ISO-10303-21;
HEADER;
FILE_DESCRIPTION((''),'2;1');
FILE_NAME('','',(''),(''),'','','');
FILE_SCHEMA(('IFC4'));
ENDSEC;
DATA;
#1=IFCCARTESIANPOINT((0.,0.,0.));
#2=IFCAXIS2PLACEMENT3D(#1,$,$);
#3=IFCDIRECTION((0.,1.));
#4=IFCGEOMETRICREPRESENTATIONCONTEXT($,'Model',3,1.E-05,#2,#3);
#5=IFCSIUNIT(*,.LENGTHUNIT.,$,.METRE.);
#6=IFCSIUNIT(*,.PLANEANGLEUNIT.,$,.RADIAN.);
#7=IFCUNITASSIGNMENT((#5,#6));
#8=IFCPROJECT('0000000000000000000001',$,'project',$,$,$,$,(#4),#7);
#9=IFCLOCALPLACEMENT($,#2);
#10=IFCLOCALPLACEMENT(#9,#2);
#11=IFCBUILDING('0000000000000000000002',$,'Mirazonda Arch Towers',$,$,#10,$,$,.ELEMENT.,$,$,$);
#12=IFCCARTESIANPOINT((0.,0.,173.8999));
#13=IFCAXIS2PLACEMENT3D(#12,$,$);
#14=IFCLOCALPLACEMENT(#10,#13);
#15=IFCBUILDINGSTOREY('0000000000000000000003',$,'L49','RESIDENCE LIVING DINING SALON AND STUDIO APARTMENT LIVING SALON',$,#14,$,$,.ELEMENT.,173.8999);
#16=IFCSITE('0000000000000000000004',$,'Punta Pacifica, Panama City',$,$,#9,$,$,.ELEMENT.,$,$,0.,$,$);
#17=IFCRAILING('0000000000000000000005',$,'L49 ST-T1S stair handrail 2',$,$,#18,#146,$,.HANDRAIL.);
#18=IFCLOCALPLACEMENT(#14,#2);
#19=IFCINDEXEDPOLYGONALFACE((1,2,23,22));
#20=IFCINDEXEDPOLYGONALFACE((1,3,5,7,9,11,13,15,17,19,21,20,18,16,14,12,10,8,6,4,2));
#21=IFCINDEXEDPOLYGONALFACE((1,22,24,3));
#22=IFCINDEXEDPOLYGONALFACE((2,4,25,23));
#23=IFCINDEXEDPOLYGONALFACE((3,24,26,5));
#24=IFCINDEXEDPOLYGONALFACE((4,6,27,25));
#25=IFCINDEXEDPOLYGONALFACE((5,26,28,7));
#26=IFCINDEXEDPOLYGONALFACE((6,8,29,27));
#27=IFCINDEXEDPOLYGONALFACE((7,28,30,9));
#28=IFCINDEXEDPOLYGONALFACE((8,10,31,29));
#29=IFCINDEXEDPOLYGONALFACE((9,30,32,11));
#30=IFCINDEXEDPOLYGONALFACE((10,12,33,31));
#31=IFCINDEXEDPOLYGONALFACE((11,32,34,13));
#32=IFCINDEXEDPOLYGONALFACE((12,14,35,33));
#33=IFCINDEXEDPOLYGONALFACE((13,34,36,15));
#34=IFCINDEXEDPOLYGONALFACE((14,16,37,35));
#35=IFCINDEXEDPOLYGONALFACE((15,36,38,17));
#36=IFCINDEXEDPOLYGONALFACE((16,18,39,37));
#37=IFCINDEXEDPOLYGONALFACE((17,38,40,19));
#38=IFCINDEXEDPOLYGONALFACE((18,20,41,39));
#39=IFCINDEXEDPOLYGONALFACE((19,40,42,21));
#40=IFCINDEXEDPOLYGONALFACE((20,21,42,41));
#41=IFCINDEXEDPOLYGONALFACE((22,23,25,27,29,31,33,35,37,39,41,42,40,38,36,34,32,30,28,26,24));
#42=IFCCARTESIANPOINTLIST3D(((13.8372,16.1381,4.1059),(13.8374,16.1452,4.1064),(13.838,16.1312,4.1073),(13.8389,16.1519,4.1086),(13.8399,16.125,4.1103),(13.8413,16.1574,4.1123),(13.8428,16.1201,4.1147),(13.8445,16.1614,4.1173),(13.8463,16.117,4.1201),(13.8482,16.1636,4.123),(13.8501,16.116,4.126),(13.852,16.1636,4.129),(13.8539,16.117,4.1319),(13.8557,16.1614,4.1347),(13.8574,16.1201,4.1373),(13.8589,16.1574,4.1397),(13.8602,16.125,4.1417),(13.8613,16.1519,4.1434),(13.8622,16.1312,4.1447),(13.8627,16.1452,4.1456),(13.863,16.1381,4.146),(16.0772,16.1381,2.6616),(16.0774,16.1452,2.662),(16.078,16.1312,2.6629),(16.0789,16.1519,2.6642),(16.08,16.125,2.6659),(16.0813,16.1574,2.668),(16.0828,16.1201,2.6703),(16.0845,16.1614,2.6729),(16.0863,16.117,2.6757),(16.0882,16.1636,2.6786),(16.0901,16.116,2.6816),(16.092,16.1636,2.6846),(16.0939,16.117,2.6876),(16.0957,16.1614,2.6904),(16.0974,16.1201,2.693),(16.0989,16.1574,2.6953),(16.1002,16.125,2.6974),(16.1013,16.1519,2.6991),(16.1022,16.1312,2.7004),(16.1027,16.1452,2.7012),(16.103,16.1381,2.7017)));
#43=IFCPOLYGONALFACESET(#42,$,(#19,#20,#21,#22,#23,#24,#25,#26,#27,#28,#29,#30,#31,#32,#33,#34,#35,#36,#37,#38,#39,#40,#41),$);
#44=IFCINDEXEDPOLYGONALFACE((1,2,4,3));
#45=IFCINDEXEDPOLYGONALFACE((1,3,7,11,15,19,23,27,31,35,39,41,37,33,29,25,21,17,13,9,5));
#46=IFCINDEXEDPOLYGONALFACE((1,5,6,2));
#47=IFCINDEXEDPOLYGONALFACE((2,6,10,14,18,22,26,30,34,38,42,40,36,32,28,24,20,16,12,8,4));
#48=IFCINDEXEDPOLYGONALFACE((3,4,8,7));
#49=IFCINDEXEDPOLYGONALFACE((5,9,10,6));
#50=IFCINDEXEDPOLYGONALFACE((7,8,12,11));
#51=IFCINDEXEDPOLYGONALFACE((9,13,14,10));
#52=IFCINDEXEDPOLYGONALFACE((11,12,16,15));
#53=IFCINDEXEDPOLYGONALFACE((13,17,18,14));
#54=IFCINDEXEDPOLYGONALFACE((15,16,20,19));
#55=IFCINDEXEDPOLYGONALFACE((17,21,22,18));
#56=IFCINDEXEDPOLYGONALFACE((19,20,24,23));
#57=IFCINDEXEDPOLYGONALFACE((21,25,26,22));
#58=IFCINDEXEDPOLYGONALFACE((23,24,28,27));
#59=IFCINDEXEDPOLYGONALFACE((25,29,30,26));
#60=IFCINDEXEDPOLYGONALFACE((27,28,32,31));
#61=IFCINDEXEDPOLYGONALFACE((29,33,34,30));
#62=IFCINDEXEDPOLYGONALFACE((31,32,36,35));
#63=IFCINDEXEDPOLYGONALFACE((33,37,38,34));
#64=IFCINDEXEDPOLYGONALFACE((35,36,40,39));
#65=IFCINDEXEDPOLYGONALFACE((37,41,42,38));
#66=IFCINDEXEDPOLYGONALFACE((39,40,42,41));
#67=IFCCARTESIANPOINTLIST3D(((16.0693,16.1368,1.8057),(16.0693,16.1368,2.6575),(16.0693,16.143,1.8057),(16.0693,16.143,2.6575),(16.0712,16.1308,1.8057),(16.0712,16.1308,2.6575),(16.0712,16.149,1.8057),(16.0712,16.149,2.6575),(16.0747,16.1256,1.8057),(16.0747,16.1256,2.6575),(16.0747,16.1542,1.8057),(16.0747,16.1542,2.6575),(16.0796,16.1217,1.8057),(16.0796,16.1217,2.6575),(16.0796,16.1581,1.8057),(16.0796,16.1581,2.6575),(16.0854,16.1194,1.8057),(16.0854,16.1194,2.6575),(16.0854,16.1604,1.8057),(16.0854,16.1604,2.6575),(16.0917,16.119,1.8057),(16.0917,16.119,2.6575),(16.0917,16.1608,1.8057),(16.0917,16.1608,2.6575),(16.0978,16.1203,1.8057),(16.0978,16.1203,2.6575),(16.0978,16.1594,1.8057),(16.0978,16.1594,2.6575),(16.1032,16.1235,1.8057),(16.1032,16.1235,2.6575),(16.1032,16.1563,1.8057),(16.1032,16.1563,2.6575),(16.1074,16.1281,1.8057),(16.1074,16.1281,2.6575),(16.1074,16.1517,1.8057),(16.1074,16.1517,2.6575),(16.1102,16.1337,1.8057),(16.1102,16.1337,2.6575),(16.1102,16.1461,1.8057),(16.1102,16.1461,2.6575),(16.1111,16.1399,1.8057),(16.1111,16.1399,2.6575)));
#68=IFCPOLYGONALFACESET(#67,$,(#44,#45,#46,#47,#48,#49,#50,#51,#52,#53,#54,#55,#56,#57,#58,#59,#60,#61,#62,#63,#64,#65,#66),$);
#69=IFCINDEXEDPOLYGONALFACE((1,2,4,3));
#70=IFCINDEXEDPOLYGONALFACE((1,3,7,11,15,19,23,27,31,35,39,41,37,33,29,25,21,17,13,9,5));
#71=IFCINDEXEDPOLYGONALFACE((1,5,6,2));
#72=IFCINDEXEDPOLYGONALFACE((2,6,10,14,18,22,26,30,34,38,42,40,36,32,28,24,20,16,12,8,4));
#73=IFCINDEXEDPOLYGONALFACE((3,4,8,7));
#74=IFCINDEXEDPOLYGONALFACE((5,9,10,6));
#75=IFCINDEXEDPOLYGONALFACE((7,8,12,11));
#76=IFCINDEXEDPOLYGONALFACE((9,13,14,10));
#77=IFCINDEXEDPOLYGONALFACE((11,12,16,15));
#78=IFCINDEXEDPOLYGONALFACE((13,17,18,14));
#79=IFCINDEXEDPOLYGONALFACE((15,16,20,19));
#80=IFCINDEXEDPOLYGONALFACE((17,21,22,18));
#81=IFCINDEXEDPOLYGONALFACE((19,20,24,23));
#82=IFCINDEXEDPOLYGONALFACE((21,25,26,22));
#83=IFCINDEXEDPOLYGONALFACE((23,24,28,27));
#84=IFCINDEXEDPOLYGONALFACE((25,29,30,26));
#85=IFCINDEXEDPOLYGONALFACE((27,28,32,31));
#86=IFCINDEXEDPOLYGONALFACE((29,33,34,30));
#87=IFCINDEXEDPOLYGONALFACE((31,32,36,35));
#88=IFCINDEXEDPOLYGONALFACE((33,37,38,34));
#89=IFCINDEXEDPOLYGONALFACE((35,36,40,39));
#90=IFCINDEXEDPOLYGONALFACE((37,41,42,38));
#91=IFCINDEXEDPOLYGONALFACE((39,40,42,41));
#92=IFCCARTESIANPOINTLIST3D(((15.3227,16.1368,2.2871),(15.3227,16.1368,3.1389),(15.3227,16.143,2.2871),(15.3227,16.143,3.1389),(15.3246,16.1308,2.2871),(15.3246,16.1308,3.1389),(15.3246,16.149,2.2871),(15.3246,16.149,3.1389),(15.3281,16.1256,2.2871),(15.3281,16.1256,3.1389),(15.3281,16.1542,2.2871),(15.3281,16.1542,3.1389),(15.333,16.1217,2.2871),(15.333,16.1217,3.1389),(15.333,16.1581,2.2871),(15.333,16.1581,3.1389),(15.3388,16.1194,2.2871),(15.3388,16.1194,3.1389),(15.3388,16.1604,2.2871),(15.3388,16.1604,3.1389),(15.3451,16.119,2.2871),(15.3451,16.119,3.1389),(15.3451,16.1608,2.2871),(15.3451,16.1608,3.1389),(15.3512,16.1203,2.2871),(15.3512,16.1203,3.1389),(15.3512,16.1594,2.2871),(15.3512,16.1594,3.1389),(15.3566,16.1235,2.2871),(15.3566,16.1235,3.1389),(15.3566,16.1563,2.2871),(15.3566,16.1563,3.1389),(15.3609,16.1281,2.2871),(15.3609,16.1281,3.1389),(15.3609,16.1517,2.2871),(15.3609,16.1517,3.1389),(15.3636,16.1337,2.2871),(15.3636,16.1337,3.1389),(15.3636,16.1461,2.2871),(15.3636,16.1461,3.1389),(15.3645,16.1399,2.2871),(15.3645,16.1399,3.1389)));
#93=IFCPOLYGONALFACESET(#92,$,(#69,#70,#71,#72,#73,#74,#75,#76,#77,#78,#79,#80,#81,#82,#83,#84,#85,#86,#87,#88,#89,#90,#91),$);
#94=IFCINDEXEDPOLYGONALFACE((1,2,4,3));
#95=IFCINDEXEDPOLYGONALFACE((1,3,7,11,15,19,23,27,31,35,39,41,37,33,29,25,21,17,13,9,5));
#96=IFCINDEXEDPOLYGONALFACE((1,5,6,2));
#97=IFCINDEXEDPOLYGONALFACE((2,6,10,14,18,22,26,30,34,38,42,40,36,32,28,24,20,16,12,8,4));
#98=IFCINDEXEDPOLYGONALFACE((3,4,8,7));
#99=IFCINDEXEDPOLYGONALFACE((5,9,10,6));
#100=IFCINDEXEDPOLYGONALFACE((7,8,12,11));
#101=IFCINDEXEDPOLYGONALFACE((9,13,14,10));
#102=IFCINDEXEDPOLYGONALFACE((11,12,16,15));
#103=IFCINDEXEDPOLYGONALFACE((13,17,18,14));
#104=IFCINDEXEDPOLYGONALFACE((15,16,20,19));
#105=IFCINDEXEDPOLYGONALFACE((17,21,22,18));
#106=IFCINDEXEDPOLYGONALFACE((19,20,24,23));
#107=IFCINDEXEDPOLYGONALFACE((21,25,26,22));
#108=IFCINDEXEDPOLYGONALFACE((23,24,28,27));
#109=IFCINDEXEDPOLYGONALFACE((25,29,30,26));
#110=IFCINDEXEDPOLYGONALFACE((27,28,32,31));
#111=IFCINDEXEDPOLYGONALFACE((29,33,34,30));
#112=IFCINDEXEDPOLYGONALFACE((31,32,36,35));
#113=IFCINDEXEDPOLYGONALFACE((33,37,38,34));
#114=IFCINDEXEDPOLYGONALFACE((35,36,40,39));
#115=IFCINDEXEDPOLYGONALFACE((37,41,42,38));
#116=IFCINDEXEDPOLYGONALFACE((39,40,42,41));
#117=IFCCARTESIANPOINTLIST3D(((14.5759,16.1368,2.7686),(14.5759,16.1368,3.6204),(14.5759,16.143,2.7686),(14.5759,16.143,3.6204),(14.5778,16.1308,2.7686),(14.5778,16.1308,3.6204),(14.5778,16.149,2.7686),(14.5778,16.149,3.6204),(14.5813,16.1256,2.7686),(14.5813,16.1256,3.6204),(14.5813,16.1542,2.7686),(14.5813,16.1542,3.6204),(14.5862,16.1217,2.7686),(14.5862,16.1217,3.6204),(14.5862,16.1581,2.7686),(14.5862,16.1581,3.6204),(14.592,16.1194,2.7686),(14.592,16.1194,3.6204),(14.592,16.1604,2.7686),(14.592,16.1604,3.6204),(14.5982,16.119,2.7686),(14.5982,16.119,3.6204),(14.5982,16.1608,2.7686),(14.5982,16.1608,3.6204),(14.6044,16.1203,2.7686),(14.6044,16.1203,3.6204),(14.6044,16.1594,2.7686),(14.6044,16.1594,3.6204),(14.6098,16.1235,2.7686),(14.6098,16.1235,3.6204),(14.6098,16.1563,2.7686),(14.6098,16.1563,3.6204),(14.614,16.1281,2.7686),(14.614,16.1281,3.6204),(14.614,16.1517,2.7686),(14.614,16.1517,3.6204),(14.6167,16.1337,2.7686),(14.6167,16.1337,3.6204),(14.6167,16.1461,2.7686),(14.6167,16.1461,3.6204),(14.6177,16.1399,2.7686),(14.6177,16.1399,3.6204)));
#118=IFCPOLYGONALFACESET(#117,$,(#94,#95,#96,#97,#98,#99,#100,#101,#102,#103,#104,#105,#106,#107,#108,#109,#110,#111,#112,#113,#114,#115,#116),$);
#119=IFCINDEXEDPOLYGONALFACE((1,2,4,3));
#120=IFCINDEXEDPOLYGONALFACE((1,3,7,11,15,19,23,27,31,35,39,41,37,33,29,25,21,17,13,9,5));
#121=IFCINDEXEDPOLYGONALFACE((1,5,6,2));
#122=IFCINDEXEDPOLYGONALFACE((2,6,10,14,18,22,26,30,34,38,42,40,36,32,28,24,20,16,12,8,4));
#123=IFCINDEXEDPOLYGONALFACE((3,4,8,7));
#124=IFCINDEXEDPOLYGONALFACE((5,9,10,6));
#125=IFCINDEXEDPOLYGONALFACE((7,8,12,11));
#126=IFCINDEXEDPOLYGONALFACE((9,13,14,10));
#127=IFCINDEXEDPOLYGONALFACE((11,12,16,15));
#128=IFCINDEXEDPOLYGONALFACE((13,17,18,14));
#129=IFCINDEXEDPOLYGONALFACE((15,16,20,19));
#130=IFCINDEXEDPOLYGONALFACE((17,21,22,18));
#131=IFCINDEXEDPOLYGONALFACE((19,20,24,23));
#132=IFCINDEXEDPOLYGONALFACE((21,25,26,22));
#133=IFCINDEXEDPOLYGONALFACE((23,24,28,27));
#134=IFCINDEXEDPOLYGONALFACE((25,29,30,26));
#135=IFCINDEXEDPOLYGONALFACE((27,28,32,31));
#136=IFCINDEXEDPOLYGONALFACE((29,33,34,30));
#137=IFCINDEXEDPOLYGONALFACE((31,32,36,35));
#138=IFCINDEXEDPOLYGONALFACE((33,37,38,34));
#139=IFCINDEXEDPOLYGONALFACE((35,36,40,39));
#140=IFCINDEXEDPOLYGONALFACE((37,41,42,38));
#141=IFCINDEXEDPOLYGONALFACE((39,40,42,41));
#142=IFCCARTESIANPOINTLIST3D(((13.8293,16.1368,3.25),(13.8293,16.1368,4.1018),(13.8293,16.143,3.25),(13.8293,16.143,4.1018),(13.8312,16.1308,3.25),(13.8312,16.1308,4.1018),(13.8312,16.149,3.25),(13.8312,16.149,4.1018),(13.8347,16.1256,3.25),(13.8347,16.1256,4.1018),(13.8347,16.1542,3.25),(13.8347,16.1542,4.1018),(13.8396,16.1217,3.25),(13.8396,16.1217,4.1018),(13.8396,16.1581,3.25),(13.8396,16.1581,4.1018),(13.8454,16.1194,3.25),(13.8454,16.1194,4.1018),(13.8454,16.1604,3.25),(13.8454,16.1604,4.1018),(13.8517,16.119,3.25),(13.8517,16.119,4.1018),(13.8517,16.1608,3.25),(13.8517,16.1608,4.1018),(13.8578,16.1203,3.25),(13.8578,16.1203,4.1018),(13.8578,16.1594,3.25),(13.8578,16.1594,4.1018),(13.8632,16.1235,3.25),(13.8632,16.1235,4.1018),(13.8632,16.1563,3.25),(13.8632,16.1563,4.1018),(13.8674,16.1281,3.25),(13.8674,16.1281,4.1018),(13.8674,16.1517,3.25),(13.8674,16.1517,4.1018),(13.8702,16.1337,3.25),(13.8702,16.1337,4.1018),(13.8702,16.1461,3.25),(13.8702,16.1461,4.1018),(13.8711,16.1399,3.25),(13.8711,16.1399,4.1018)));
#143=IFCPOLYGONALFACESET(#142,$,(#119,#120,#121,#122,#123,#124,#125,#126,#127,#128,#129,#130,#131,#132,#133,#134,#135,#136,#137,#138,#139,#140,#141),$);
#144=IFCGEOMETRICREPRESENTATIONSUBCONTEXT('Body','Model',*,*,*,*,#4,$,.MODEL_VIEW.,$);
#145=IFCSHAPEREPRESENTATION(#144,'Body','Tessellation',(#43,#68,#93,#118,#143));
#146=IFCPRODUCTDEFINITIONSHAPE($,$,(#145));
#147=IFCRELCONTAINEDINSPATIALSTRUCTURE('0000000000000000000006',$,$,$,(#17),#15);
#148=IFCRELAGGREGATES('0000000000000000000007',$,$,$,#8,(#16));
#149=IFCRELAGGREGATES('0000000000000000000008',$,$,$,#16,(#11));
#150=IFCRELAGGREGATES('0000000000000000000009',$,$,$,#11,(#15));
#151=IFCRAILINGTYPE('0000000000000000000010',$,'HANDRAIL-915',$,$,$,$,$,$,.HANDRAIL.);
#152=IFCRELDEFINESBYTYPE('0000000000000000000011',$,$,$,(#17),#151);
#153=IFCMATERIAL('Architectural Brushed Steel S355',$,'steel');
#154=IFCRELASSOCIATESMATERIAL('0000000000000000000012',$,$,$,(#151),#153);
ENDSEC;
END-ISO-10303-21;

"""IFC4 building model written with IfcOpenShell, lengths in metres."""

from ifc_helpers import new_model, si_unit, direction, frame, origin, origin_2d, place, context, subcontext, project, spatial, circle, extrude, material, type_object, element, save


model = new_model("IFC4")

# Units and contexts
model_context = context("Model", 3, precision=1e-05, world=origin(), true_north=direction((0.0, 1.0)))
body_context = subcontext(model_context, "Body", "Model", "MODEL_VIEW")
ifc_project = project(units=[si_unit("LENGTHUNIT", "METRE"), si_unit("PLANEANGLEUNIT", "RADIAN")], contexts=[model_context])

# Site, building, storey
site_placement = place(None, origin())
site = spatial("IfcSite", under=ifc_project, at=site_placement, Name="Punta Pacifica, Panama City", CompositionType="ELEMENT", RefElevation=0.0)
building_placement = place(site_placement, origin())
building = spatial("IfcBuilding", under=site, at=building_placement, Name="Mirazonda Arch Towers", CompositionType="ELEMENT")
storey_placement = place(building_placement, frame((0.0, 0.0, 173.8999)))
storey = spatial("IfcBuildingStorey", under=building, at=storey_placement, Name="L49", Description="RESIDENCE LIVING DINING SALON AND STUDIO APARTMENT LIVING SALON", CompositionType="ELEMENT", Elevation=173.8999)

# Shared definitions
ifc_material_1 = material(Name="Architectural Brushed Steel S355", Category="steel")

# Railing
railing_type_1 = type_object("IfcRailingType", Name="HANDRAIL-915", PredefinedType="HANDRAIL", material=ifc_material_1)
railing_1_placement = place(storey_placement, frame((16.0901, 16.1399, 1.8057)))
element("IfcRailing", 1, at=railing_1_placement, inside=storey, type_object=railing_type_1, Name="L49 ST-T1S stair handrail 2", PredefinedType="HANDRAIL", context=body_context, shape_type="SweptSolid", body=[
    extrude(circle(Radius=0.0239, at=origin_2d()), frame((0.0, 0.0, 0.876), z_axis=(-0.840437, 0.0, 0.54191), x_axis=(0.0, -1.0, 0.0)), (0.0, 0.0, 1.0), 2.6653),
    extrude(circle(Radius=0.021, at=origin_2d()), origin(), (0.0, 0.0, 1.0), 0.8518),
    extrude(circle(Radius=0.021, at=origin_2d()), frame((-0.7466, 0.0, 0.4814)), (0.0, 0.0, 1.0), 0.8518),
    extrude(circle(Radius=0.021, at=origin_2d()), frame((-1.4934, 0.0, 0.9629)), (0.0, 0.0, 1.0), 0.8518),
    extrude(circle(Radius=0.021, at=origin_2d()), frame((-2.24, 0.0, 1.4443)), (0.0, 0.0, 1.0), 0.8518),
])

save(model, "model.ifc")
